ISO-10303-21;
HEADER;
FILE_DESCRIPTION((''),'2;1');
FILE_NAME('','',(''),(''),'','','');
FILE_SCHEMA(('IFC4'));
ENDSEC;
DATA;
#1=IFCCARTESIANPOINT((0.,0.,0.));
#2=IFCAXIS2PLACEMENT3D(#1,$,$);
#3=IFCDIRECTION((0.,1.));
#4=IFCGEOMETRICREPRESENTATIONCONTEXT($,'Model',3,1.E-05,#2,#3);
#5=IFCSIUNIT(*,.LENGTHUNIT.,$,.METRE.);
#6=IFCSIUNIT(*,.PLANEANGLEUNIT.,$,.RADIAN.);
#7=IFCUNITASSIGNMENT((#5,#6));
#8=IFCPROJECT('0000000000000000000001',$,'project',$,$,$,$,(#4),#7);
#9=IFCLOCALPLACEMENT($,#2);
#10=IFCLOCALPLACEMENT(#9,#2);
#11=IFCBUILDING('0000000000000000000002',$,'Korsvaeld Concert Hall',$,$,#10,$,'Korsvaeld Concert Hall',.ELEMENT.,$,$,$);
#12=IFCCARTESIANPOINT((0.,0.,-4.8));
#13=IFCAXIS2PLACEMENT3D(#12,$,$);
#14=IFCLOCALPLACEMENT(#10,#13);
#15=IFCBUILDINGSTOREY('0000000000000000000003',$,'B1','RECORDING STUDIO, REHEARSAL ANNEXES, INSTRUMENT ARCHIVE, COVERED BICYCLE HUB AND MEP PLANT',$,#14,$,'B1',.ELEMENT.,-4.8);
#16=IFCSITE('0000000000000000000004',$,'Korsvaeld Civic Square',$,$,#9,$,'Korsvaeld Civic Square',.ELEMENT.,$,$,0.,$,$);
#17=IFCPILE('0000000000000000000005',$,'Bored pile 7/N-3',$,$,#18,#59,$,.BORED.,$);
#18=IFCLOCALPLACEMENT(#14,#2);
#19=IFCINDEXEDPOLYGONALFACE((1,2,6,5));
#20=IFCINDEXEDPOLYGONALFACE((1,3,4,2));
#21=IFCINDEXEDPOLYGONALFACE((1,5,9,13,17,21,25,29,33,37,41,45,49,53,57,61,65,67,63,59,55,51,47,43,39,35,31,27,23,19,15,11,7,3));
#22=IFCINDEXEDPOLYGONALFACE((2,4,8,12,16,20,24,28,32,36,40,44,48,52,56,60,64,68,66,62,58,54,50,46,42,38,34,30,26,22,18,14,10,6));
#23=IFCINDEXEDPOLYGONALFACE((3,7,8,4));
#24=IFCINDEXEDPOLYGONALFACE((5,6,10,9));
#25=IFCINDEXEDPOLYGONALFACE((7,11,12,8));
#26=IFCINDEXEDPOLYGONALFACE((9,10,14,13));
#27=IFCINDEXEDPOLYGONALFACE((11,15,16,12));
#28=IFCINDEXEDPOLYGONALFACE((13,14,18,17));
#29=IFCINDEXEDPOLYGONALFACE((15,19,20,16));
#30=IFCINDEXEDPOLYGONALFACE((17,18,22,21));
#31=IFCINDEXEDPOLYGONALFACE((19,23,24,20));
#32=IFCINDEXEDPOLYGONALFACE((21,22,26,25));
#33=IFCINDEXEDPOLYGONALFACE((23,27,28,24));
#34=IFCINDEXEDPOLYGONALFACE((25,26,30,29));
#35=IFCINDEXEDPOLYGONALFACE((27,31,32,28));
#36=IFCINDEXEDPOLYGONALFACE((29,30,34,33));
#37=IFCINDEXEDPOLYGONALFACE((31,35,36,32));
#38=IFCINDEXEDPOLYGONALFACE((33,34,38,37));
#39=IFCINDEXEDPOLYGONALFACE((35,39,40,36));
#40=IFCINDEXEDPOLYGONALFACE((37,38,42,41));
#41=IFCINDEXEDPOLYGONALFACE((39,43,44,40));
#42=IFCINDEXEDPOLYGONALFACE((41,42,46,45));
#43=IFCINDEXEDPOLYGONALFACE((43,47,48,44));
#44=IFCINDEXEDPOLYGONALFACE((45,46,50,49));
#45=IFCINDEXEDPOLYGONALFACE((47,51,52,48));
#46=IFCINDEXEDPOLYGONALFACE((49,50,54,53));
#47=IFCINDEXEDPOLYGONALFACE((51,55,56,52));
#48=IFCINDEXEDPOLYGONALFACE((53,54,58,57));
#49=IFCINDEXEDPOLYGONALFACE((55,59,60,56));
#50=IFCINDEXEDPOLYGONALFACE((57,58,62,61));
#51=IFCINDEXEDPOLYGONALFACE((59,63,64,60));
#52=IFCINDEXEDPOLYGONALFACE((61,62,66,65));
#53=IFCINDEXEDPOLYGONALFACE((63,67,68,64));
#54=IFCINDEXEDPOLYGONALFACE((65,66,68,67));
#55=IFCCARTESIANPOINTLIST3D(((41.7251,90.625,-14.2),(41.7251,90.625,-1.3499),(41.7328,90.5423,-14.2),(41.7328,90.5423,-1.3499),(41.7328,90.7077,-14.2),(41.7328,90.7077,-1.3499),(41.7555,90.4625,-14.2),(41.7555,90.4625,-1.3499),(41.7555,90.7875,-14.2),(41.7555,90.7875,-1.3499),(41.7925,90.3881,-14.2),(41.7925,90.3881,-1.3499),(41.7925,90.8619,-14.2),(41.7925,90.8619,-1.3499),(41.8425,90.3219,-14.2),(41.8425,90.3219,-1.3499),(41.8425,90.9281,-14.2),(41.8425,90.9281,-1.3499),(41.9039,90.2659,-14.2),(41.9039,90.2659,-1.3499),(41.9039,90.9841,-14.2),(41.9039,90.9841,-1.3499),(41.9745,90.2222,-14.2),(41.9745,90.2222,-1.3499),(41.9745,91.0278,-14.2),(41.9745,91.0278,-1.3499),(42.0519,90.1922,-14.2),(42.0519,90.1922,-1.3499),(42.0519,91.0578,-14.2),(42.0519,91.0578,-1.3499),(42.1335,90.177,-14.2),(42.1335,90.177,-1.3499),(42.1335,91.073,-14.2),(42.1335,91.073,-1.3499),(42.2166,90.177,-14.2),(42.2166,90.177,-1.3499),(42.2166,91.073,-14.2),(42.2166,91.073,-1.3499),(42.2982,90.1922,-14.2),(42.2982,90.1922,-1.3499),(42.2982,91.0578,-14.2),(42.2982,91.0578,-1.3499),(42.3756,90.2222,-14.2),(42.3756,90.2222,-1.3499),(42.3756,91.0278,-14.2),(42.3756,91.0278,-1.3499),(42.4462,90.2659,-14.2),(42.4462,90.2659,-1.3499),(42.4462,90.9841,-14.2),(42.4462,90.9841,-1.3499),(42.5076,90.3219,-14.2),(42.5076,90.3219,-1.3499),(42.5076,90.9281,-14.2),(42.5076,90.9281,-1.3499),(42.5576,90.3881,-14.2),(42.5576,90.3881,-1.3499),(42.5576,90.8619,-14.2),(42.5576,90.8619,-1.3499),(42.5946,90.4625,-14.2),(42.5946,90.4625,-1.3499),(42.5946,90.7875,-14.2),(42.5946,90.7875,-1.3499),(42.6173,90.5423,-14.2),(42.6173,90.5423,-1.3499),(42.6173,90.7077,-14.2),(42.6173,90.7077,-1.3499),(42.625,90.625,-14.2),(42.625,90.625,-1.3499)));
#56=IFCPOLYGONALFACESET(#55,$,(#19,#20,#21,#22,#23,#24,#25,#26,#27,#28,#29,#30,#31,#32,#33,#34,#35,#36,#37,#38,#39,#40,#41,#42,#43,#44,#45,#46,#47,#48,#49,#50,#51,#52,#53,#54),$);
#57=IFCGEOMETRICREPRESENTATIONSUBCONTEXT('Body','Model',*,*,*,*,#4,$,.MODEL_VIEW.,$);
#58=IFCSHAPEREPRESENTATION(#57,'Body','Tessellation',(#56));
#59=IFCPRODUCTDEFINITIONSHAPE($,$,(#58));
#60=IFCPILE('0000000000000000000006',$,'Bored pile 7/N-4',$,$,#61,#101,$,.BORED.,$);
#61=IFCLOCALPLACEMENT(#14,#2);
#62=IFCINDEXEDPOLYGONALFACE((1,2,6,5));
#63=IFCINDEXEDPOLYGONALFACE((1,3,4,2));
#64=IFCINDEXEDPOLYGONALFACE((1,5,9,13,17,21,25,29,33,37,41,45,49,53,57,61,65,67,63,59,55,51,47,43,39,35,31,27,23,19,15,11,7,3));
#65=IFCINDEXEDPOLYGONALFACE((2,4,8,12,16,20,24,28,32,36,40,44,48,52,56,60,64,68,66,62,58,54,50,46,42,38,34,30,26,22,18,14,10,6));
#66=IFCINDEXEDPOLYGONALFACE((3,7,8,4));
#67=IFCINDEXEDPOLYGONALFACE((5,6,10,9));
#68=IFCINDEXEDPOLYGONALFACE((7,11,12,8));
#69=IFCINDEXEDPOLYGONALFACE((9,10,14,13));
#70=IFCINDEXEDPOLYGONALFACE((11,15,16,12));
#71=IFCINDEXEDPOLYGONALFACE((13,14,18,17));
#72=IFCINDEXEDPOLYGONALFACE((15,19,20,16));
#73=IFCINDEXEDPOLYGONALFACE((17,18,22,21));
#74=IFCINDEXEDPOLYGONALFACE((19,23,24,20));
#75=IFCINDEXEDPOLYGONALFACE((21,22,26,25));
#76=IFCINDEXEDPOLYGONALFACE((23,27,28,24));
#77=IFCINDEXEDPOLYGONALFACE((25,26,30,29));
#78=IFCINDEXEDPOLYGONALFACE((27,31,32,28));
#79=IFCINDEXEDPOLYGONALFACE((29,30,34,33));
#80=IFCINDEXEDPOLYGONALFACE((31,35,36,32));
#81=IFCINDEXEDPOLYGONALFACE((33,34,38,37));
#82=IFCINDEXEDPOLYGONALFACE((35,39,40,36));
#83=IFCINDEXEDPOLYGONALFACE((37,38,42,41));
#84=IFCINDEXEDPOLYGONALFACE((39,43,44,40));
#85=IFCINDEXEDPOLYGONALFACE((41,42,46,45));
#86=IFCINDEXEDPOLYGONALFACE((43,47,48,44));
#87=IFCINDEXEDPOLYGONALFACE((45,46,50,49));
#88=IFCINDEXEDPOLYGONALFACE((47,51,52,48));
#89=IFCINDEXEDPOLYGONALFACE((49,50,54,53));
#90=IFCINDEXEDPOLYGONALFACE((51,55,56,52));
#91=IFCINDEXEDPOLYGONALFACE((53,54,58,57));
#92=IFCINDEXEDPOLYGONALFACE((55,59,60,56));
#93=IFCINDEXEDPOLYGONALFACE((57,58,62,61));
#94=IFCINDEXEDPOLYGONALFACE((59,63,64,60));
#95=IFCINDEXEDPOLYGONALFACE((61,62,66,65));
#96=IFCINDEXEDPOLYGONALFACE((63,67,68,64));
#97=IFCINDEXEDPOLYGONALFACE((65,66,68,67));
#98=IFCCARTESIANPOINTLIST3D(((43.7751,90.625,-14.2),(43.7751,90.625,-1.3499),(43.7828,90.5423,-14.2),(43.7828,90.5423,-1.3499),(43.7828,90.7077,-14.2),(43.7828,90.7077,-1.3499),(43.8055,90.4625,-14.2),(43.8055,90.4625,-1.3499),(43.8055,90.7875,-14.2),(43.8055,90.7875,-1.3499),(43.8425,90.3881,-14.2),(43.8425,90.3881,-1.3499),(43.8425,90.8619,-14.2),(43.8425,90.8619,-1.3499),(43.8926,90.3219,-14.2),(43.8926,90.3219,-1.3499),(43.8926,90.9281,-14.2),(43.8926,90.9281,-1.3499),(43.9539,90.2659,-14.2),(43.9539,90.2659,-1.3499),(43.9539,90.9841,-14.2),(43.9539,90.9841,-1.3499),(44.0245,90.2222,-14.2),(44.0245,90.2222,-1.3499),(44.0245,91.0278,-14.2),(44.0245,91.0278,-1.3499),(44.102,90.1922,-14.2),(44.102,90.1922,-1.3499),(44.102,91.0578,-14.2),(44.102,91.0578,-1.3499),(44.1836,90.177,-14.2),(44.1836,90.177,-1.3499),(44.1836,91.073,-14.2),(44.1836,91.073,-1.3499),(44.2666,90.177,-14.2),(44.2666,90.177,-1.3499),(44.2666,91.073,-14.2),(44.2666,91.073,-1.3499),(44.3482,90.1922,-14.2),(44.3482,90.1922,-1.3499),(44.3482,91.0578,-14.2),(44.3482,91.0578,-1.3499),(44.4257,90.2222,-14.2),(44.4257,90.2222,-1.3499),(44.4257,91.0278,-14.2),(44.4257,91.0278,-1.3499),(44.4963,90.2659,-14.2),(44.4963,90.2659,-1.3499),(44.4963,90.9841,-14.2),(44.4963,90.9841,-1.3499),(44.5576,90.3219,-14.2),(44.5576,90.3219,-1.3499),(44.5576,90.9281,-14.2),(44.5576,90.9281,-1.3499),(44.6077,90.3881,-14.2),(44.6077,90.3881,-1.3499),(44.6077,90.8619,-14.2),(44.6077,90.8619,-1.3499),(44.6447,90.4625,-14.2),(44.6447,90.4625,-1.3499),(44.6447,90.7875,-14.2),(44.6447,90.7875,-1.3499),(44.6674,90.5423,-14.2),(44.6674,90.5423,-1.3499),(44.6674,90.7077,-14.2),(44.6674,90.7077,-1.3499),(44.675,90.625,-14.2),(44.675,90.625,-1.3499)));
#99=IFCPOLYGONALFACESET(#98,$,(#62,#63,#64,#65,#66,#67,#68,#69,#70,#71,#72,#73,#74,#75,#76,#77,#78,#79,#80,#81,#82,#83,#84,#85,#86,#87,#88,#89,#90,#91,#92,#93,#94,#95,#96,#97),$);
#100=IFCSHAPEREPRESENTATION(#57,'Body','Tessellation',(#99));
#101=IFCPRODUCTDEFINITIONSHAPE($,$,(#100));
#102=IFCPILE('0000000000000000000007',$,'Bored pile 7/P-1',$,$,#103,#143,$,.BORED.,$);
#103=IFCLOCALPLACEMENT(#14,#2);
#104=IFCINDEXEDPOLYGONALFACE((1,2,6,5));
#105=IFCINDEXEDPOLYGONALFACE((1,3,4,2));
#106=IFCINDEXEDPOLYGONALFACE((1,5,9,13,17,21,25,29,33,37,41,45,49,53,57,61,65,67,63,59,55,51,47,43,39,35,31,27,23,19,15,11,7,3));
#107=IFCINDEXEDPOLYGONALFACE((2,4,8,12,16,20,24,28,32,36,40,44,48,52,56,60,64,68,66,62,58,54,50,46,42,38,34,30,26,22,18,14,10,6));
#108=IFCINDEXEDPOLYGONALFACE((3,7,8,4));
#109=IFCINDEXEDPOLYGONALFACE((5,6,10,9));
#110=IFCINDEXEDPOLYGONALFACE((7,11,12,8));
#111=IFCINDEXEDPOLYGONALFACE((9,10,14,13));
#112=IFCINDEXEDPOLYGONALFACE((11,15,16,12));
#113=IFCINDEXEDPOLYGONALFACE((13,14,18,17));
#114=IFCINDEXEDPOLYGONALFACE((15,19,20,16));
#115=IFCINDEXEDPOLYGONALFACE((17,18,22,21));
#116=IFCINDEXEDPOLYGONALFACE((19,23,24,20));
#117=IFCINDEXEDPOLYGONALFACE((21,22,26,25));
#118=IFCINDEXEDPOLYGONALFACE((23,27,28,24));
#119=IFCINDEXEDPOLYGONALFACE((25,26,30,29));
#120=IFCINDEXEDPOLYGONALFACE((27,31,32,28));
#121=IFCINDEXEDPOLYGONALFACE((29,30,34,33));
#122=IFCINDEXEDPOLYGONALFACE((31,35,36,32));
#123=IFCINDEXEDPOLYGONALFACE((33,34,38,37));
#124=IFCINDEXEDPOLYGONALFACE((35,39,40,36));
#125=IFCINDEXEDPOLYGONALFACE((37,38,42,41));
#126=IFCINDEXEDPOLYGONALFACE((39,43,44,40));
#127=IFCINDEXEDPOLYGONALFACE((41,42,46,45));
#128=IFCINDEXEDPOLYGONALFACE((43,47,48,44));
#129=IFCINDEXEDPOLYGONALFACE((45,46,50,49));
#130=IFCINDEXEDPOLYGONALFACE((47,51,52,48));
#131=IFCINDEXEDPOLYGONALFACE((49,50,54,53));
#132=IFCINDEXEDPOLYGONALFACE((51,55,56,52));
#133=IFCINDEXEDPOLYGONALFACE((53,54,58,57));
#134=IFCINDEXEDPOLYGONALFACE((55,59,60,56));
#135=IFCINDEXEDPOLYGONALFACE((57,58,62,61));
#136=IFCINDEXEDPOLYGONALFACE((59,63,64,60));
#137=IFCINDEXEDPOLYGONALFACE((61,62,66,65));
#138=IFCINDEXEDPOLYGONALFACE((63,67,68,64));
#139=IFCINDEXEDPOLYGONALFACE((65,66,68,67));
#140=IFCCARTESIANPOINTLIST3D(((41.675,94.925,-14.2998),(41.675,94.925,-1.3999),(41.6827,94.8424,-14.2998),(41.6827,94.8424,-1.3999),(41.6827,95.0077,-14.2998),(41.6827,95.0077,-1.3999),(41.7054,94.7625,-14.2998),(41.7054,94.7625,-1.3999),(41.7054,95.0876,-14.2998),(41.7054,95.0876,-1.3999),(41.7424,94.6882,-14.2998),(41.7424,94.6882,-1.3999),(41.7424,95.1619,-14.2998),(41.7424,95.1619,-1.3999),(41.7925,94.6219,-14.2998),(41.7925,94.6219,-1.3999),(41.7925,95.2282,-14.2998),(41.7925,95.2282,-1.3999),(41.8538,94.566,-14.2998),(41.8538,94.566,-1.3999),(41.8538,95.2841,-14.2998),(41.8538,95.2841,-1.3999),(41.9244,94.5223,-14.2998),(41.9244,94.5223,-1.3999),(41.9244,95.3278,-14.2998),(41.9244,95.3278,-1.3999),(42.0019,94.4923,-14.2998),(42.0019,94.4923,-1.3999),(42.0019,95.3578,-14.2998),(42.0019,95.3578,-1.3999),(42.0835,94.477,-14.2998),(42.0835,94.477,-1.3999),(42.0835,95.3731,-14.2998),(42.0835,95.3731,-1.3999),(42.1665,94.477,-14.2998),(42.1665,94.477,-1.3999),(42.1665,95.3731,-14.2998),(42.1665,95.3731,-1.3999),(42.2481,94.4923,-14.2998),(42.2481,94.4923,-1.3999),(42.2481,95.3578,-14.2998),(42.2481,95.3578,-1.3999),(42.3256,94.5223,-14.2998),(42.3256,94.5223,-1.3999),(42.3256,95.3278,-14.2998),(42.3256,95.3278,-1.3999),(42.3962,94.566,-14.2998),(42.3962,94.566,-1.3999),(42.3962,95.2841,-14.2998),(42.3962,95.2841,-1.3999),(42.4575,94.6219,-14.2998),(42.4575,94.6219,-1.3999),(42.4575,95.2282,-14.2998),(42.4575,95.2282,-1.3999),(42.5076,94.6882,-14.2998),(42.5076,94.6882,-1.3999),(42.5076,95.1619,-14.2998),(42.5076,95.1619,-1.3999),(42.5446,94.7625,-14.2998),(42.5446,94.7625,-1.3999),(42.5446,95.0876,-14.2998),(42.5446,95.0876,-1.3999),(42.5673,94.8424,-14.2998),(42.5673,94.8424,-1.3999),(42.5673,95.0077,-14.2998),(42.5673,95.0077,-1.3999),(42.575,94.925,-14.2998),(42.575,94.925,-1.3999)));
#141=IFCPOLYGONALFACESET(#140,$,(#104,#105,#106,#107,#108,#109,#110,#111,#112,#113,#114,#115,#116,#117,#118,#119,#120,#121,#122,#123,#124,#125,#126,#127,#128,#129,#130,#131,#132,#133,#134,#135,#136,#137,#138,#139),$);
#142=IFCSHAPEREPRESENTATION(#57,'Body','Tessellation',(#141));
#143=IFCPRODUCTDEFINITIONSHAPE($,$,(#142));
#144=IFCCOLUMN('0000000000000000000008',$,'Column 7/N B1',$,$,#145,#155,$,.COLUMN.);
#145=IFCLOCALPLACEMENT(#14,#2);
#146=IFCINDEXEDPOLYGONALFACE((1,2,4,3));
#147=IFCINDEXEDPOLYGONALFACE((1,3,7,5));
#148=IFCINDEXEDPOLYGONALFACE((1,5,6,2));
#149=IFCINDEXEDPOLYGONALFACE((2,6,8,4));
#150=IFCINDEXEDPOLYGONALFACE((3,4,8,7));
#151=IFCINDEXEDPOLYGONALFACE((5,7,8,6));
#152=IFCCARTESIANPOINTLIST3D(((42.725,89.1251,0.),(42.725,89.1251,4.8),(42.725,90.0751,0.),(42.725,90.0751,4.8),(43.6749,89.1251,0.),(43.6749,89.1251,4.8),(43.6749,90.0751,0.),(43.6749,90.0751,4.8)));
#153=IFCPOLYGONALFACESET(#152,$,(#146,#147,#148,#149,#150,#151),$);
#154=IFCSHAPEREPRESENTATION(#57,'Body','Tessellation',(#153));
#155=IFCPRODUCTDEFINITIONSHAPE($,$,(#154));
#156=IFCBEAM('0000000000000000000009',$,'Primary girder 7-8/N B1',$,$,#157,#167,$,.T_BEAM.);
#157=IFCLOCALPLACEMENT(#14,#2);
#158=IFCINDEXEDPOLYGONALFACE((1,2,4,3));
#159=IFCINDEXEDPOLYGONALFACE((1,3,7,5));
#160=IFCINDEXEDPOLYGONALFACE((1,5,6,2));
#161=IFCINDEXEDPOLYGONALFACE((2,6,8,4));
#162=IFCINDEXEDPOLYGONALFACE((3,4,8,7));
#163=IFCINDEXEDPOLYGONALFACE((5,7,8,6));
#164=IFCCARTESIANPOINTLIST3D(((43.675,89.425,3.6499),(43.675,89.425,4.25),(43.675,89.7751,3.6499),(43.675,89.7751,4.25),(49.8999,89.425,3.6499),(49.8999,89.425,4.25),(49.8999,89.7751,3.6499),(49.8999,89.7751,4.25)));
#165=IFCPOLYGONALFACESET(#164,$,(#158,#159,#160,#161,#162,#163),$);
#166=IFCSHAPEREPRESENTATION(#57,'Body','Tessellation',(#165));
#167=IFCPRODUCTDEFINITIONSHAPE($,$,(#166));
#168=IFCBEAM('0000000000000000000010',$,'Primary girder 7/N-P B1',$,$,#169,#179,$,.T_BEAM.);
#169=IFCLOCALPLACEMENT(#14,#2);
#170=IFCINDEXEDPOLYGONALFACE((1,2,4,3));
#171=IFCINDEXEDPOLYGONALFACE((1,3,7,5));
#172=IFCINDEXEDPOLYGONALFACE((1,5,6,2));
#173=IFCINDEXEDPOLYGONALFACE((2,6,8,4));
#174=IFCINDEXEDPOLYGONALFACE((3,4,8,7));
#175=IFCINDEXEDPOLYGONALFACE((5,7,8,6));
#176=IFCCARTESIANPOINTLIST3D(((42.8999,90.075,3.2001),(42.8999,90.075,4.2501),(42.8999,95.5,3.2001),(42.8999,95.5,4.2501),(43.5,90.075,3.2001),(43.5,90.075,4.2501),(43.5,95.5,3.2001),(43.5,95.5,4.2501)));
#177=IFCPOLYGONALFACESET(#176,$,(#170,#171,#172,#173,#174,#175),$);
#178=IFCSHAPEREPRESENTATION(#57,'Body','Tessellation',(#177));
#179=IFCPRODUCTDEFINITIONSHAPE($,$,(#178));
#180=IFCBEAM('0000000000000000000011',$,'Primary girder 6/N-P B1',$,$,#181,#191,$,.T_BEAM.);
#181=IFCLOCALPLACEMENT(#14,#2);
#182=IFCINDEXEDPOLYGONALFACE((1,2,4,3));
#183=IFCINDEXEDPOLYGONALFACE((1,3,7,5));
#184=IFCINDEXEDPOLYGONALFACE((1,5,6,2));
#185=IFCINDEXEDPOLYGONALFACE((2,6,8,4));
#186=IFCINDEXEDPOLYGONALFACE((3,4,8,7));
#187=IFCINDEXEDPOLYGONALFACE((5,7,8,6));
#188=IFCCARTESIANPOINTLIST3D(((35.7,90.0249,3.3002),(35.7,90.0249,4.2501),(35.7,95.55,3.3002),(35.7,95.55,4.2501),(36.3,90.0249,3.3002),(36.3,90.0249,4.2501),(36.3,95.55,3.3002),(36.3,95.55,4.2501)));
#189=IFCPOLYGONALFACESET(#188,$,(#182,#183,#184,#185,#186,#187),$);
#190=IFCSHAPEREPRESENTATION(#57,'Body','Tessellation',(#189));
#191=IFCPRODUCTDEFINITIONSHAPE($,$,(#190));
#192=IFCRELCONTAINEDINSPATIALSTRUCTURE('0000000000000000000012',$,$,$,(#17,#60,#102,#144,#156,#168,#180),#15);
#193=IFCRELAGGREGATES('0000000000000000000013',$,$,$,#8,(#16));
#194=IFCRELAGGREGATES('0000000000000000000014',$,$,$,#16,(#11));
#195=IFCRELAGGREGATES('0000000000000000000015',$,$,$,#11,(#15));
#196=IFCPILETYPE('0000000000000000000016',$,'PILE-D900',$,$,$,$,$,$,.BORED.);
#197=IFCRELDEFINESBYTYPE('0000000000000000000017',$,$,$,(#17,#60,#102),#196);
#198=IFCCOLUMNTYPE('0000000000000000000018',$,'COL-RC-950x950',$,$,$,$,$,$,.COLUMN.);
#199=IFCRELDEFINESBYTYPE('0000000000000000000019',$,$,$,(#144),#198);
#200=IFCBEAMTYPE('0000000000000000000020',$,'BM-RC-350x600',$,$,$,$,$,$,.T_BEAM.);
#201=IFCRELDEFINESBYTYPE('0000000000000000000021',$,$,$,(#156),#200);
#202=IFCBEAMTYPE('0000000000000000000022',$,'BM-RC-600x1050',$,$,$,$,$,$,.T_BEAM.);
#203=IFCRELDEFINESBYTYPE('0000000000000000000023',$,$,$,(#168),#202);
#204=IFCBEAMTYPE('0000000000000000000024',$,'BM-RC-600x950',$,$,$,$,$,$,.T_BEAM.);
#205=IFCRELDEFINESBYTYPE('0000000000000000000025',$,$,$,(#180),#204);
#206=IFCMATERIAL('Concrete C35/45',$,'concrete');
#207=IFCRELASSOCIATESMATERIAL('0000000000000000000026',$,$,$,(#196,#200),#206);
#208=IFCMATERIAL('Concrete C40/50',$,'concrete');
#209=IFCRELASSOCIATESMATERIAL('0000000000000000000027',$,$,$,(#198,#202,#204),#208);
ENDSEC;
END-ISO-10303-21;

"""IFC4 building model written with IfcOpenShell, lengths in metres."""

from ifc_helpers import new_model, si_unit, direction, frame, origin, origin_2d, place, context, subcontext, project, spatial, rectangle, circle, extrude, material, material_profile, profile_set, type_object, element, save


model = new_model("IFC4")

# Units and contexts
model_context = context("Model", 3, precision=1e-05, world=origin(), true_north=direction((0.0, 1.0)))
body_context = subcontext(model_context, "Body", "Model", "MODEL_VIEW")
ifc_project = project(units=[si_unit("LENGTHUNIT", "METRE"), si_unit("PLANEANGLEUNIT", "RADIAN")], contexts=[model_context])

# Site, building, storey
site_placement = place(None, origin())
site = spatial("IfcSite", under=ifc_project, at=site_placement, Name="Korsvaeld Civic Square", LongName="Korsvaeld Civic Square", CompositionType="ELEMENT", RefElevation=0.0)
building_placement = place(site_placement, origin())
building = spatial("IfcBuilding", under=site, at=building_placement, Name="Korsvaeld Concert Hall", LongName="Korsvaeld Concert Hall", CompositionType="ELEMENT")
storey_placement = place(building_placement, frame((0.0, 0.0, -4.8)))
storey = spatial("IfcBuildingStorey", under=building, at=storey_placement, Name="B1", Description="RECORDING STUDIO, REHEARSAL ANNEXES, INSTRUMENT ARCHIVE, COVERED BICYCLE HUB AND MEP PLANT", LongName="B1", CompositionType="ELEMENT", Elevation=-4.8)

# Shared definitions
ifc_material_1 = material(Name="Concrete C35/45", Category="concrete")

# Piles
ifc_material_profile_1 = material_profile(ifc_material_1, circle(Radius=0.45, at=origin_2d()), Name="BORED PILE D900")
ifc_profile_set_1 = profile_set([ifc_material_profile_1], Name="Concrete C35/45")
pile_type_1 = type_object("IfcPileType", Name="PILE-D900", PredefinedType="BORED", material=ifc_profile_set_1)
for number, where, z_axis, x_axis, name in (
    (1, (42.175, 90.625, -1.3499), (0.0, 0.0, -1.0), (1.0, 0.0, 0.0), "Bored pile 7/N-3"),
    (2, (44.2251, 90.625, -1.3499), (0.0, 0.0, -1.0), (1.0, 0.0, 0.0), "Bored pile 7/N-4"),
):
    element("IfcPile", number, at=place(storey_placement, frame(where, z_axis=z_axis, x_axis=x_axis)), inside=storey, type_object=pile_type_1, Name=name, PredefinedType="BORED", context=body_context, shape_type="SweptSolid", body=[
        extrude(circle(Radius=0.45, at=origin_2d()), origin(), (0.0, 0.0, 1.0), 12.8501),
    ])
pile_1_placement = place(storey_placement, frame((42.125, 94.925, -1.3999), z_axis=(0.0, 0.0, -1.0), x_axis=(1.0, 0.0, 0.0)))
element("IfcPile", 3, at=pile_1_placement, inside=storey, type_object=pile_type_1, Name="Bored pile 7/P-1", PredefinedType="BORED", context=body_context, shape_type="SweptSolid", body=[
    extrude(circle(Radius=0.45, at=origin_2d()), origin(), (0.0, 0.0, 1.0), 12.8999),
])

# Column
ifc_material_2 = material(Name="Concrete C40/50", Category="concrete")
ifc_material_profile_2 = material_profile(ifc_material_2, rectangle(XDim=0.95, YDim=0.95, at=origin_2d()), Name="RC 950x950")
ifc_profile_set_2 = profile_set([ifc_material_profile_2], Name="Concrete C40/50")
column_type = type_object("IfcColumnType", Name="COL-RC-950x950", PredefinedType="COLUMN", material=ifc_profile_set_2)
column_placement = place(storey_placement, frame((43.2, 89.6001, 0.0), z_axis=(0.0, 0.0, 1.0), x_axis=(1.0, 0.0, 0.0)))
element("IfcColumn", 4, at=column_placement, inside=storey, type_object=column_type, Name="Column 7/N B1", PredefinedType="COLUMN", context=body_context, shape_type="SweptSolid", body=[
    extrude(rectangle(XDim=0.95, YDim=0.95, at=origin_2d()), origin(), (0.0, 0.0, 1.0), 4.8),
])

# Beams
ifc_material_profile_3 = material_profile(ifc_material_1, rectangle(XDim=0.3501, YDim=0.6001, at=origin_2d()), Name="RC 350x600")
ifc_profile_set_3 = profile_set([ifc_material_profile_3], Name="Concrete C35/45")
beam_type_1 = type_object("IfcBeamType", Name="BM-RC-350x600", PredefinedType="T_BEAM", material=ifc_profile_set_3)
beam_1_placement = place(storey_placement, frame((43.675, 89.6001, 3.95), z_axis=(1.0, 0.0, 0.0), x_axis=(0.0, 1.0, 0.0)))
element("IfcBeam", 5, at=beam_1_placement, inside=storey, type_object=beam_type_1, Name="Primary girder 7-8/N B1", PredefinedType="T_BEAM", context=body_context, shape_type="SweptSolid", body=[
    extrude(rectangle(XDim=0.3501, YDim=0.6001, at=origin_2d()), origin(), (0.0, 0.0, 1.0), 6.2249),
])
ifc_material_profile_4 = material_profile(ifc_material_2, rectangle(XDim=0.6001, YDim=1.05, at=origin_2d()), Name="RC 600x1050")
ifc_profile_set_4 = profile_set([ifc_material_profile_4], Name="Concrete C40/50")
beam_type_2 = type_object("IfcBeamType", Name="BM-RC-600x1050", PredefinedType="T_BEAM", material=ifc_profile_set_4)
beam_2_placement = place(storey_placement, frame((43.2, 90.075, 3.7251), z_axis=(0.0, 1.0, 0.0), x_axis=(-1.0, 0.0, 0.0)))
element("IfcBeam", 6, at=beam_2_placement, inside=storey, type_object=beam_type_2, Name="Primary girder 7/N-P B1", PredefinedType="T_BEAM", context=body_context, shape_type="SweptSolid", body=[
    extrude(rectangle(XDim=0.6001, YDim=1.05, at=origin_2d()), origin(), (0.0, 0.0, 1.0), 5.425),
])
ifc_material_profile_5 = material_profile(ifc_material_2, rectangle(XDim=0.6001, YDim=0.95, at=origin_2d()), Name="RC 600x950")
ifc_profile_set_5 = profile_set([ifc_material_profile_5], Name="Concrete C40/50")
beam_type_3 = type_object("IfcBeamType", Name="BM-RC-600x950", PredefinedType="T_BEAM", material=ifc_profile_set_5)
beam_3_placement = place(storey_placement, frame((36.0, 90.0249, 3.7751), z_axis=(0.0, 1.0, 0.0), x_axis=(-1.0, 0.0, 0.0)))
element("IfcBeam", 7, at=beam_3_placement, inside=storey, type_object=beam_type_3, Name="Primary girder 6/N-P B1", PredefinedType="T_BEAM", context=body_context, shape_type="SweptSolid", body=[
    extrude(rectangle(XDim=0.6001, YDim=0.95, at=origin_2d()), origin(), (0.0, 0.0, 1.0), 5.5251),
])

save(model, "model.ifc")
